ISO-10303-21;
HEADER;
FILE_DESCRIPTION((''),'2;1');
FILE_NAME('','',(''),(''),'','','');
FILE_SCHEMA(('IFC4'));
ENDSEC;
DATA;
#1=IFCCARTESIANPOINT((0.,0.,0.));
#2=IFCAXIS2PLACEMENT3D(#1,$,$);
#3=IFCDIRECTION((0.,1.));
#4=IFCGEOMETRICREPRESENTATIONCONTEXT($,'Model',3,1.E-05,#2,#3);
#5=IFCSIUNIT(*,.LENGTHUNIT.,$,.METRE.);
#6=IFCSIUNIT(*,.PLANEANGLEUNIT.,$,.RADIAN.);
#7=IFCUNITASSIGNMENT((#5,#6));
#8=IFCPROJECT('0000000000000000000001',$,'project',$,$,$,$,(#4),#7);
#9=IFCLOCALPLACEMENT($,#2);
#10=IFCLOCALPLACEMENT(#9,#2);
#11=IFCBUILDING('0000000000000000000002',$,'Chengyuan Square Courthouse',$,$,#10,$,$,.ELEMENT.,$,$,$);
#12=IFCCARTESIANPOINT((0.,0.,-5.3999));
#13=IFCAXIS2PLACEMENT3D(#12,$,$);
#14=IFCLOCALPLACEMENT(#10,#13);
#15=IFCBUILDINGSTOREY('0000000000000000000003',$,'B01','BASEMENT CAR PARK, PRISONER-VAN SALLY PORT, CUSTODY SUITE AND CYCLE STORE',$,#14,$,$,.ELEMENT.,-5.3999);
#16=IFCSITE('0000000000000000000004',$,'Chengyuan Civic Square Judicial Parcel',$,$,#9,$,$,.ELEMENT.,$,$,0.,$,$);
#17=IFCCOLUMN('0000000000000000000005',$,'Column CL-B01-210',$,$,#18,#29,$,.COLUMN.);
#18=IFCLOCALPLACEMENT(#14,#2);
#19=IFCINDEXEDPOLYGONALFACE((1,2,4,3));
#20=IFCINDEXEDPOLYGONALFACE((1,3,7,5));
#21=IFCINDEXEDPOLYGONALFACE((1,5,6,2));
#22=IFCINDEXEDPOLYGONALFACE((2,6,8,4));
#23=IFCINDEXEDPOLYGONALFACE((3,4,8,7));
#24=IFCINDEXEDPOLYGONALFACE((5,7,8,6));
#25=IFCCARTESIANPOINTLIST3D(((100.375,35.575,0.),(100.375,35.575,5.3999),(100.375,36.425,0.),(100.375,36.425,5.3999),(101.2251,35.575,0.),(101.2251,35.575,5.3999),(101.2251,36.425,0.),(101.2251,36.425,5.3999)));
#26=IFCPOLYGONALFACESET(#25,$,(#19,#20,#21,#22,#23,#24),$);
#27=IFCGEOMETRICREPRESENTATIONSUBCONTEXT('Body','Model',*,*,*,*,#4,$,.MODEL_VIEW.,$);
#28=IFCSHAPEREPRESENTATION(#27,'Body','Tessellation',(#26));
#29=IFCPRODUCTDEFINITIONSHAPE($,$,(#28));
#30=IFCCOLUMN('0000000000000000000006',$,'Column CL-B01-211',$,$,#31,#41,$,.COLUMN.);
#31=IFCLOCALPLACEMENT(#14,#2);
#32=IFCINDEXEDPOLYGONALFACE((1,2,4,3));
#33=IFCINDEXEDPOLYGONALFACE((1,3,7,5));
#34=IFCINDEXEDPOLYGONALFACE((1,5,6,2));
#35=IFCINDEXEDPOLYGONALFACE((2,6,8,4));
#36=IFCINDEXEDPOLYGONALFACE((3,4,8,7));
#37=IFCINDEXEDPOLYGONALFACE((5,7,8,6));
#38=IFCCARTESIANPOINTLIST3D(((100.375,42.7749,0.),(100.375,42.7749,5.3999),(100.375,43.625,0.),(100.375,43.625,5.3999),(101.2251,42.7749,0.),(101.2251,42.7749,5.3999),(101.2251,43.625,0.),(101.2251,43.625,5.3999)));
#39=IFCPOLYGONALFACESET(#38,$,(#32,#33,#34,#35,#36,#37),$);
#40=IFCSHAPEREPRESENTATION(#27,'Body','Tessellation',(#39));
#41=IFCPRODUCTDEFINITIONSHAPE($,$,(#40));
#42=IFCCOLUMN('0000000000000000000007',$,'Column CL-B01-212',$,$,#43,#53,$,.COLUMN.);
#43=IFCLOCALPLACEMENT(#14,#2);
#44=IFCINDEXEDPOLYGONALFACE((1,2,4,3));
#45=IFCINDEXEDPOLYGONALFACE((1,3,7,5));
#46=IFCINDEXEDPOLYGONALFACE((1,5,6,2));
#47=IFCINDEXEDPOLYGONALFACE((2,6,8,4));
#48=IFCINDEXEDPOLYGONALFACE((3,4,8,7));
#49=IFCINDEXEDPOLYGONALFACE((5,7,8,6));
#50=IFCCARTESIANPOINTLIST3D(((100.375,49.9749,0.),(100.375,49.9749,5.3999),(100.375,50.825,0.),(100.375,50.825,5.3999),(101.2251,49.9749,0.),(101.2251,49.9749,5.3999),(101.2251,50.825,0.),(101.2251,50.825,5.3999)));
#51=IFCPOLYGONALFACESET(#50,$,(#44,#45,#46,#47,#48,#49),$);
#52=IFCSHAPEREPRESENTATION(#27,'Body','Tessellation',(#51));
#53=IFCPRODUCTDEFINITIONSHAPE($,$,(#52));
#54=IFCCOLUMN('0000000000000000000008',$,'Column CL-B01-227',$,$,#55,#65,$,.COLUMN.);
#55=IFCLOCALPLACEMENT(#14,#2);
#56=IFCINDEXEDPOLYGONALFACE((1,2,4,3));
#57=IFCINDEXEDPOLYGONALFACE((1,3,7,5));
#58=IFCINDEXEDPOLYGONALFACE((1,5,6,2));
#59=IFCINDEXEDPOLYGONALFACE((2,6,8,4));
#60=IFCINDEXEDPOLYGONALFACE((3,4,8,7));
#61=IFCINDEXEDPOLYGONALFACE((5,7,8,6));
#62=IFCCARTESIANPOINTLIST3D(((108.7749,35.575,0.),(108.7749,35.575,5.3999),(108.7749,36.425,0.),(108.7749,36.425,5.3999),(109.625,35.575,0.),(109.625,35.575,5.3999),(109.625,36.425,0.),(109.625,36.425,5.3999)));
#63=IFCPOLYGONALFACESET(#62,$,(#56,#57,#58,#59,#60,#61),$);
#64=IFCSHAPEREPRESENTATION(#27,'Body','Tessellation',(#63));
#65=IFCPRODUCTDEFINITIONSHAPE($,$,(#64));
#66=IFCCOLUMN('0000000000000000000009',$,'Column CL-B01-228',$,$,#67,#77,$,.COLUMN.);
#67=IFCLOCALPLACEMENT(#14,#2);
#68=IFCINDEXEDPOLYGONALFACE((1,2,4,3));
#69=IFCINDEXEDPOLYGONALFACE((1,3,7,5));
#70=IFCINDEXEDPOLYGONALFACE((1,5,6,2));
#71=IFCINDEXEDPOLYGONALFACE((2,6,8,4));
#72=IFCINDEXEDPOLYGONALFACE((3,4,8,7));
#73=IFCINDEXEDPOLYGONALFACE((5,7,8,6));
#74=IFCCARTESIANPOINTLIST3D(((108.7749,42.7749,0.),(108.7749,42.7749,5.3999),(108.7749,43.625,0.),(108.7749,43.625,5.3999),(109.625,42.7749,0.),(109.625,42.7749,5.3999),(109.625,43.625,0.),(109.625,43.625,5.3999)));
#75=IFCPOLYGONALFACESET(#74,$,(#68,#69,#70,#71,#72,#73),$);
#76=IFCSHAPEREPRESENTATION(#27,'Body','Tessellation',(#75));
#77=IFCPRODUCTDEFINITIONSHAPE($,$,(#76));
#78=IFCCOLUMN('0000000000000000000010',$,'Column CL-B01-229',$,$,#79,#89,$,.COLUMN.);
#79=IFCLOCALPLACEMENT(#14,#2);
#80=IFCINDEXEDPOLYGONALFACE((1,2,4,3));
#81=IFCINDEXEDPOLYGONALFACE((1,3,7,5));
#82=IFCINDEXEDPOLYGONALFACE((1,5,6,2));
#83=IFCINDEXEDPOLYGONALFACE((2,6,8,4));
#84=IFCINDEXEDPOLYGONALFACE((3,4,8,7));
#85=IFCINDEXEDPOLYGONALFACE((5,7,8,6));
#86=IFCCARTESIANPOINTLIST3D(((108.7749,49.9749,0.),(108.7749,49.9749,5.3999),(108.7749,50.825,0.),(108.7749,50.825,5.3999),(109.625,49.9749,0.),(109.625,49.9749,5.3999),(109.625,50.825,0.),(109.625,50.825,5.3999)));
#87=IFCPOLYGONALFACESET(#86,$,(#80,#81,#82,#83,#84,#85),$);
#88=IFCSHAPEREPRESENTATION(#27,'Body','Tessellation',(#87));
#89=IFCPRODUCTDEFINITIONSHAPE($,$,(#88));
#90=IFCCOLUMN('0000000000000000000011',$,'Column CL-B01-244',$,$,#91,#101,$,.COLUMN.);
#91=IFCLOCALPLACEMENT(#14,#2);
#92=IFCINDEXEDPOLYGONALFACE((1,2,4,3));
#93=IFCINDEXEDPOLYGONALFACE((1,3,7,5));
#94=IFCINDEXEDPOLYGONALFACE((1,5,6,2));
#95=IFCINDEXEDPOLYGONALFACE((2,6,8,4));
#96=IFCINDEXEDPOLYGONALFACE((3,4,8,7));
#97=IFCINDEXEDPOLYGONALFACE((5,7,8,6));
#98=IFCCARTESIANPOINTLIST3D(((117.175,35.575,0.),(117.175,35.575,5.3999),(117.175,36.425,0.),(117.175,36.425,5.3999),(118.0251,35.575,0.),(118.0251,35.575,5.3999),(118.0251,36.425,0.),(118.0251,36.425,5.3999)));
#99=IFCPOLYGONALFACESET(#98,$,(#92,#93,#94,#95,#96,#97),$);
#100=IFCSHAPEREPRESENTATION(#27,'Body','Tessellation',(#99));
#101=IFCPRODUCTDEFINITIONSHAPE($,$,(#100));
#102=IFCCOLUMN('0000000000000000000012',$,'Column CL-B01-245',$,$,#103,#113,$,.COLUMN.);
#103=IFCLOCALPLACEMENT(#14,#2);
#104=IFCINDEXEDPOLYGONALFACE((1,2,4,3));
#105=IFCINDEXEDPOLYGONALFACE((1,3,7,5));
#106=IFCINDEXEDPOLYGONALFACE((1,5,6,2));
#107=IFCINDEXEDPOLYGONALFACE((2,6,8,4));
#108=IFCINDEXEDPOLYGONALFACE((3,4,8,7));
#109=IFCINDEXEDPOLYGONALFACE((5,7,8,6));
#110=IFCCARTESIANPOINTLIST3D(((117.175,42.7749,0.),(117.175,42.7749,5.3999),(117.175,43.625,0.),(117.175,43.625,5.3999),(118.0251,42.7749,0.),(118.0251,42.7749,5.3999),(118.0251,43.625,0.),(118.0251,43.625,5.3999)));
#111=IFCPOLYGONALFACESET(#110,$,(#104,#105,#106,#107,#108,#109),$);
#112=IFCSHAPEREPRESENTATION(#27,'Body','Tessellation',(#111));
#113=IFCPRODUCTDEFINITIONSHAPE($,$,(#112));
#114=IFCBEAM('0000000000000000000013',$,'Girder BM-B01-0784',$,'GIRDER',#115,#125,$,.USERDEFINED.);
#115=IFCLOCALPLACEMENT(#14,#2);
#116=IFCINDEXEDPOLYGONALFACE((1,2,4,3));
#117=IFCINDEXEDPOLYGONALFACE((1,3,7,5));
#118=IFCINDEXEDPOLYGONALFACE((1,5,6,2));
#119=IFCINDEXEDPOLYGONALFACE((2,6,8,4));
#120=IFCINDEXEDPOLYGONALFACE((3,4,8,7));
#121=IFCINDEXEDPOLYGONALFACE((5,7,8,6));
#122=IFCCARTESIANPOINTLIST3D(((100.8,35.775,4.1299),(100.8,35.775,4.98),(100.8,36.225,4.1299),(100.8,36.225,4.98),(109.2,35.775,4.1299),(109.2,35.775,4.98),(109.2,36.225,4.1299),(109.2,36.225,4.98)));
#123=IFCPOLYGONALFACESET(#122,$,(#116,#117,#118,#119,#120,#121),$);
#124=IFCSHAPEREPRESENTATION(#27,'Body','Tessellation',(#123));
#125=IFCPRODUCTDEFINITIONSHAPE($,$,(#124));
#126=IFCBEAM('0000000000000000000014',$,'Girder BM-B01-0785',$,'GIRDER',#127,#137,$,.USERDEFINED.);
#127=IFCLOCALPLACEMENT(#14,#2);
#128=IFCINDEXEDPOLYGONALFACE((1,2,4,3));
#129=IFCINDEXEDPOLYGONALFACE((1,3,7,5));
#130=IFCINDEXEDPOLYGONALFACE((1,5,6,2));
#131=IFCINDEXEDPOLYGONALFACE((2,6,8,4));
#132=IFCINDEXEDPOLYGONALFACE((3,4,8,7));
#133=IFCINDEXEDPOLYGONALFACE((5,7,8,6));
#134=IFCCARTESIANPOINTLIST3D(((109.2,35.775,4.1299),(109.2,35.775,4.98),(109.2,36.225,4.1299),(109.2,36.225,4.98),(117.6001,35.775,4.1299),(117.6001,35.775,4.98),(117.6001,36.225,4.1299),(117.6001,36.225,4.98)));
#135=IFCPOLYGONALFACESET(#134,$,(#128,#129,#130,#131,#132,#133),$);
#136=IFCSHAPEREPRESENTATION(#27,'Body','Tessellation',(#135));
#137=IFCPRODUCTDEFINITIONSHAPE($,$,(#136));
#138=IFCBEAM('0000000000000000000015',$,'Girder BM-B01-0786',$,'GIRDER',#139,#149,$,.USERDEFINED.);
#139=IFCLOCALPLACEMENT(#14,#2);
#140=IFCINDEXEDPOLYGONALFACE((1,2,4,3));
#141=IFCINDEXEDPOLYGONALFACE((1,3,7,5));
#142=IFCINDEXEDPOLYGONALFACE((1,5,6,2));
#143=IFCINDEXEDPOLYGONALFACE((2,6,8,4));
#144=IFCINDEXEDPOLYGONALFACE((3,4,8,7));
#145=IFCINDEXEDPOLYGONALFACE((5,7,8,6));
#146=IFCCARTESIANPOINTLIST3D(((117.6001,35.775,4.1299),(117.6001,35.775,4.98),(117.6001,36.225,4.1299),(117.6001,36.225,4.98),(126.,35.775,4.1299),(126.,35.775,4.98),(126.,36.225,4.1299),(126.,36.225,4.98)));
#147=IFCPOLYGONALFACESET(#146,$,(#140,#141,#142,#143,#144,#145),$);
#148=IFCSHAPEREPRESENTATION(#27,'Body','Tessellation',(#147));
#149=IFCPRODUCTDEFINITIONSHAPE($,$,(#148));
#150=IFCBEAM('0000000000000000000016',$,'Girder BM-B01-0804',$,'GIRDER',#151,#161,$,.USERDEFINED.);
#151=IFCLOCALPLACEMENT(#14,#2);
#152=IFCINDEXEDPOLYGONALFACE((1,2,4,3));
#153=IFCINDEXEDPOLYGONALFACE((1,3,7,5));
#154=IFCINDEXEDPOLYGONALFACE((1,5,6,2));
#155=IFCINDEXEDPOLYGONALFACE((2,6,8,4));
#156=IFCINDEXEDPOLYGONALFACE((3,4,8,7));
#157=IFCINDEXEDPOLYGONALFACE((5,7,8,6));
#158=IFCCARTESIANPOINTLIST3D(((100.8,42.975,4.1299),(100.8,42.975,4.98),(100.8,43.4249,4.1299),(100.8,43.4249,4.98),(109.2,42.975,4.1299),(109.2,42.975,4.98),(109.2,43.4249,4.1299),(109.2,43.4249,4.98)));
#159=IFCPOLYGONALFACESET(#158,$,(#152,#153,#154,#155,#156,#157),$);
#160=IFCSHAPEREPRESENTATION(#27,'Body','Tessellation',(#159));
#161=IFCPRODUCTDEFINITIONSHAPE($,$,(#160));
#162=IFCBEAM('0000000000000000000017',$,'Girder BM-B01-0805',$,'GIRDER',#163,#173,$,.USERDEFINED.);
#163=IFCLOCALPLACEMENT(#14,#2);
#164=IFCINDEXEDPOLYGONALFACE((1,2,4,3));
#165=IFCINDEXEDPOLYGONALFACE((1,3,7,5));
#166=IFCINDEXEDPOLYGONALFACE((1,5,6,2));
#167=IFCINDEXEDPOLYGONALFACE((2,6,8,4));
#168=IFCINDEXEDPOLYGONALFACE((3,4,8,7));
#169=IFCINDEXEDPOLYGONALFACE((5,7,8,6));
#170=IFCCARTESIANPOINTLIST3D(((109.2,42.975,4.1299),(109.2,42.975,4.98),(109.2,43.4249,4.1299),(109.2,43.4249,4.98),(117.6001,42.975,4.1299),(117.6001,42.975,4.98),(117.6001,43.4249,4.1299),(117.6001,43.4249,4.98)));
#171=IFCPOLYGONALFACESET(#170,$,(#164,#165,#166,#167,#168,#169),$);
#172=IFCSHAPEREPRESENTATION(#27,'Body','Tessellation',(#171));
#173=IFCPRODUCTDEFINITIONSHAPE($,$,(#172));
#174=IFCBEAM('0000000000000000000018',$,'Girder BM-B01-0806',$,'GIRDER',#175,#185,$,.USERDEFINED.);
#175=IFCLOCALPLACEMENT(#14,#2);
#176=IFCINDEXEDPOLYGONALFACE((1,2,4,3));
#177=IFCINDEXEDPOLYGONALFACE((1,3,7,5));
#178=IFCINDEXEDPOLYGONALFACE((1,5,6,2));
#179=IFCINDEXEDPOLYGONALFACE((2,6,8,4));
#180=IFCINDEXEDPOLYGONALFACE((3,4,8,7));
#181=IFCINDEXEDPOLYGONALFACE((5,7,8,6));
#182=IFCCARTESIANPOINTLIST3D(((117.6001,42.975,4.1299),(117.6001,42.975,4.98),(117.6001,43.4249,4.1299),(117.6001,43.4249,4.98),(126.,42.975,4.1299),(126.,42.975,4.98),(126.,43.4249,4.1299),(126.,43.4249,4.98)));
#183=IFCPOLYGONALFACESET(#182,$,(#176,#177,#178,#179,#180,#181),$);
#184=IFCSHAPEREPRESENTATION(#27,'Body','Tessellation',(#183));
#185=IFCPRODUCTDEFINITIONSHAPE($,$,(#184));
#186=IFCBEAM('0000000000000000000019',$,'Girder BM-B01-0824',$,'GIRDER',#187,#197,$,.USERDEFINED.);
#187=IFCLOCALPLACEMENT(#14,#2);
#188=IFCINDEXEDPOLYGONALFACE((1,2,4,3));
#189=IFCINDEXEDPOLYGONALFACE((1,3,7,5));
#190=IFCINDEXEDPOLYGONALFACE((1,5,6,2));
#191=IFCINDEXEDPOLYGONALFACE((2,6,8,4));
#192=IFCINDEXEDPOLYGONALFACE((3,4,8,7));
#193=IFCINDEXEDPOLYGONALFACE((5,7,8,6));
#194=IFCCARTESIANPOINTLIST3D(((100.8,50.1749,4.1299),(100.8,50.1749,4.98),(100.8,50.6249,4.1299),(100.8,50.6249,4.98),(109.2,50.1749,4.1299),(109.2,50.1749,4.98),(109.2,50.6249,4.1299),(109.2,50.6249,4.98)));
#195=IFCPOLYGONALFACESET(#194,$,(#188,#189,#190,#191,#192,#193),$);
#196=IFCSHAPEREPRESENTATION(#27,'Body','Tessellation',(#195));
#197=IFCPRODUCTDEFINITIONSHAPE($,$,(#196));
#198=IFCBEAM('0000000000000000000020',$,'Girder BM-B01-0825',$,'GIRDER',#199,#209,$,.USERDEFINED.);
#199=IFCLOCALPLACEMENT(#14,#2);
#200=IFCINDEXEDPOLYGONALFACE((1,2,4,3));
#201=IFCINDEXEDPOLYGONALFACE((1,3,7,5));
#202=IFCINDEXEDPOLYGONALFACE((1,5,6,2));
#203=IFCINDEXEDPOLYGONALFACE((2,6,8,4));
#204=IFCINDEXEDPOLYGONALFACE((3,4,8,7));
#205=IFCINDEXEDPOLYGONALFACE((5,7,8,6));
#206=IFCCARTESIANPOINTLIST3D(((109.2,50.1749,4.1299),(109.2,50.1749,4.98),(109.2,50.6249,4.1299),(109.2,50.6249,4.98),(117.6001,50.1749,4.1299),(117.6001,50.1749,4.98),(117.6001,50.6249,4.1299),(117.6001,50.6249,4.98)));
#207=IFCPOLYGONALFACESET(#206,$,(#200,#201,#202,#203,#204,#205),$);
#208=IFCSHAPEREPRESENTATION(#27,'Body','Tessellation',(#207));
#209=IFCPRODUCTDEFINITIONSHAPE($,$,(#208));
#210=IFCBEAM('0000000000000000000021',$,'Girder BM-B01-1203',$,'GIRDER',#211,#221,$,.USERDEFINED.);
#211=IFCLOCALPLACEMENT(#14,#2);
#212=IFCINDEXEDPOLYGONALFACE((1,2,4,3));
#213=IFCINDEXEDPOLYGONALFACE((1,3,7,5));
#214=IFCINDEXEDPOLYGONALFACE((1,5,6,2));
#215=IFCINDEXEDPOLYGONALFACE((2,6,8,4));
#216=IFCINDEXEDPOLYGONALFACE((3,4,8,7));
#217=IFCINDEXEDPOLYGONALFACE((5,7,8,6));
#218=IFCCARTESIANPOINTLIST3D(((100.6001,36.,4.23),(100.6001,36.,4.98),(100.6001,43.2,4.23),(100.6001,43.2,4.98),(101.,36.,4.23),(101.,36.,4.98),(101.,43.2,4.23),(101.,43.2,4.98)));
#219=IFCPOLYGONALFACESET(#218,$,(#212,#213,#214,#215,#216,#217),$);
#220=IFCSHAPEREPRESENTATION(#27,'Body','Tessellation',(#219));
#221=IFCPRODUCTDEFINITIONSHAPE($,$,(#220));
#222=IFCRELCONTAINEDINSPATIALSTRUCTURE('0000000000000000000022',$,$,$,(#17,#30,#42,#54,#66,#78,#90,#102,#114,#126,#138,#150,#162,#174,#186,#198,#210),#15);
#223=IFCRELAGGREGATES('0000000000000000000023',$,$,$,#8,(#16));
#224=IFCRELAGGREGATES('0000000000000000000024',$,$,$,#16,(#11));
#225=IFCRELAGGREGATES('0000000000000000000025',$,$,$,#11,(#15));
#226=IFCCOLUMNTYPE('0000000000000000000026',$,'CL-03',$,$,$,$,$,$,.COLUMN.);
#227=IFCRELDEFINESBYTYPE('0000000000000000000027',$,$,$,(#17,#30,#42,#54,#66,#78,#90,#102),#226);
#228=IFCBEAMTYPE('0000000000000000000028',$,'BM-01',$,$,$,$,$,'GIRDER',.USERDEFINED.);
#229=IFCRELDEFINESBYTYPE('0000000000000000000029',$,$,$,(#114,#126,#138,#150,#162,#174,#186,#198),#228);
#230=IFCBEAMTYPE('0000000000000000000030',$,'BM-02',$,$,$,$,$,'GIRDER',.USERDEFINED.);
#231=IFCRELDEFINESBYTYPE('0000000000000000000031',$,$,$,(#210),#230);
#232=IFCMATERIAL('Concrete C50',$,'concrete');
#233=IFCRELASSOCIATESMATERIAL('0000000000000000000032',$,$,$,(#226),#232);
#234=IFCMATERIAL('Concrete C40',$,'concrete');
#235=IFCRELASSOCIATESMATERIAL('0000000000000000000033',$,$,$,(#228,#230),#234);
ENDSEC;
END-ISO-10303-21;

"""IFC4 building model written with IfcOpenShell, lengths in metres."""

from ifc_helpers import new_model, si_unit, direction, frame, origin, origin_2d, place, context, subcontext, project, spatial, rectangle, extrude, material, material_profile, profile_set, type_object, element, save


model = new_model("IFC4")

# Units and contexts
model_context = context("Model", 3, precision=1e-05, world=origin(), true_north=direction((0.0, 1.0)))
body_context = subcontext(model_context, "Body", "Model", "MODEL_VIEW")
ifc_project = project(units=[si_unit("LENGTHUNIT", "METRE"), si_unit("PLANEANGLEUNIT", "RADIAN")], contexts=[model_context])

# Site, building, storey
site_placement = place(None, origin())
site = spatial("IfcSite", under=ifc_project, at=site_placement, Name="Chengyuan Civic Square Judicial Parcel", CompositionType="ELEMENT", RefElevation=0.0)
building_placement = place(site_placement, origin())
building = spatial("IfcBuilding", under=site, at=building_placement, Name="Chengyuan Square Courthouse", CompositionType="ELEMENT")
storey_placement = place(building_placement, frame((0.0, 0.0, -5.3999)))
storey = spatial("IfcBuildingStorey", under=building, at=storey_placement, Name="B01", Description="BASEMENT CAR PARK, PRISONER-VAN SALLY PORT, CUSTODY SUITE AND CYCLE STORE", CompositionType="ELEMENT", Elevation=-5.3999)

# Columns
ifc_material_1 = material(Name="Concrete C50", Category="concrete")
ifc_material_profile_1 = material_profile(ifc_material_1, rectangle(XDim=0.8501, YDim=0.8501, at=origin_2d()), Name="RC-COL-850x850")
ifc_profile_set_1 = profile_set([ifc_material_profile_1], Name="Concrete C50")
column_type = type_object("IfcColumnType", Name="CL-03", PredefinedType="COLUMN", material=ifc_profile_set_1)
for number, where, z_axis, x_axis, name in (
    (1, (100.8, 36.0, 0.0), (0.0, 0.0, 1.0), (1.0, 0.0, 0.0), "Column CL-B01-210"),
    (2, (100.8, 43.2, 0.0), (0.0, 0.0, 1.0), (1.0, 0.0, 0.0), "Column CL-B01-211"),
    (3, (100.8, 50.3999, 0.0), (0.0, 0.0, 1.0), (1.0, 0.0, 0.0), "Column CL-B01-212"),
    (4, (109.2, 36.0, 0.0), (0.0, 0.0, 1.0), (1.0, 0.0, 0.0), "Column CL-B01-227"),
    (5, (109.2, 43.2, 0.0), (0.0, 0.0, 1.0), (1.0, 0.0, 0.0), "Column CL-B01-228"),
    (6, (109.2, 50.3999, 0.0), (0.0, 0.0, 1.0), (1.0, 0.0, 0.0), "Column CL-B01-229"),
    (7, (117.6001, 36.0, 0.0), (0.0, 0.0, 1.0), (1.0, 0.0, 0.0), "Column CL-B01-244"),
    (8, (117.6001, 43.2, 0.0), (0.0, 0.0, 1.0), (1.0, 0.0, 0.0), "Column CL-B01-245"),
):
    element("IfcColumn", number, at=place(storey_placement, frame(where, z_axis=z_axis, x_axis=x_axis)), inside=storey, type_object=column_type, Name=name, PredefinedType="COLUMN", context=body_context, shape_type="SweptSolid", body=[
        extrude(rectangle(XDim=0.8501, YDim=0.8501, at=origin_2d()), origin(), (0.0, 0.0, 1.0), 5.3999),
    ])

# Beams
ifc_material_2 = material(Name="Concrete C40", Category="concrete")
ifc_material_profile_2 = material_profile(ifc_material_2, rectangle(XDim=0.45, YDim=0.8501, at=origin_2d()), Name="RC-BM-450x850")
ifc_profile_set_2 = profile_set([ifc_material_profile_2], Name="Concrete C40")
beam_type_1 = type_object("IfcBeamType", Name="BM-01", ElementType="GIRDER", PredefinedType="USERDEFINED", material=ifc_profile_set_2)
beam_1_placement = place(storey_placement, frame((100.8, 36.0, 4.5549), z_axis=(1.0, 0.0, 0.0), x_axis=(0.0, 1.0, 0.0)))
element("IfcBeam", 9, at=beam_1_placement, inside=storey, type_object=beam_type_1, Name="Girder BM-B01-0784", ObjectType="GIRDER", PredefinedType="USERDEFINED", context=body_context, shape_type="SweptSolid", body=[
    extrude(rectangle(XDim=0.45, YDim=0.8501, at=origin_2d()), origin(), (0.0, 0.0, 1.0), 8.3999),
])
beam_2_placement = place(storey_placement, frame((109.2, 36.0, 4.5549), z_axis=(1.0, 0.0, 0.0), x_axis=(0.0, 1.0, 0.0)))
element("IfcBeam", 10, at=beam_2_placement, inside=storey, type_object=beam_type_1, Name="Girder BM-B01-0785", ObjectType="GIRDER", PredefinedType="USERDEFINED", context=body_context, shape_type="SweptSolid", body=[
    extrude(rectangle(XDim=0.45, YDim=0.8501, at=origin_2d()), origin(), (0.0, 0.0, 1.0), 8.4001),
])
for number, where, z_axis, x_axis, name in (
    (11, (117.6001, 36.0, 4.5549), (1.0, 0.0, 0.0), (0.0, 1.0, 0.0), "Girder BM-B01-0786"),
    (12, (100.8, 43.2, 4.5549), (1.0, 0.0, 0.0), (0.0, 1.0, 0.0), "Girder BM-B01-0804"),
):
    element("IfcBeam", number, at=place(storey_placement, frame(where, z_axis=z_axis, x_axis=x_axis)), inside=storey, type_object=beam_type_1, Name=name, ObjectType="GIRDER", PredefinedType="USERDEFINED", context=body_context, shape_type="SweptSolid", body=[
        extrude(rectangle(XDim=0.45, YDim=0.8501, at=origin_2d()), origin(), (0.0, 0.0, 1.0), 8.3999),
    ])
beam_3_placement = place(storey_placement, frame((109.2, 43.2, 4.5549), z_axis=(1.0, 0.0, 0.0), x_axis=(0.0, 1.0, 0.0)))
element("IfcBeam", 13, at=beam_3_placement, inside=storey, type_object=beam_type_1, Name="Girder BM-B01-0805", ObjectType="GIRDER", PredefinedType="USERDEFINED", context=body_context, shape_type="SweptSolid", body=[
    extrude(rectangle(XDim=0.45, YDim=0.8501, at=origin_2d()), origin(), (0.0, 0.0, 1.0), 8.4001),
])
for number, where, z_axis, x_axis, name in (
    (14, (117.6001, 43.2, 4.5549), (1.0, 0.0, 0.0), (0.0, 1.0, 0.0), "Girder BM-B01-0806"),
    (15, (100.8, 50.3999, 4.5549), (1.0, 0.0, 0.0), (0.0, 1.0, 0.0), "Girder BM-B01-0824"),
):
    element("IfcBeam", number, at=place(storey_placement, frame(where, z_axis=z_axis, x_axis=x_axis)), inside=storey, type_object=beam_type_1, Name=name, ObjectType="GIRDER", PredefinedType="USERDEFINED", context=body_context, shape_type="SweptSolid", body=[
        extrude(rectangle(XDim=0.45, YDim=0.8501, at=origin_2d()), origin(), (0.0, 0.0, 1.0), 8.3999),
    ])
beam_4_placement = place(storey_placement, frame((109.2, 50.3999, 4.5549), z_axis=(1.0, 0.0, 0.0), x_axis=(0.0, 1.0, 0.0)))
element("IfcBeam", 16, at=beam_4_placement, inside=storey, type_object=beam_type_1, Name="Girder BM-B01-0825", ObjectType="GIRDER", PredefinedType="USERDEFINED", context=body_context, shape_type="SweptSolid", body=[
    extrude(rectangle(XDim=0.45, YDim=0.8501, at=origin_2d()), origin(), (0.0, 0.0, 1.0), 8.4001),
])
ifc_material_profile_3 = material_profile(ifc_material_2, rectangle(XDim=0.3999, YDim=0.75, at=origin_2d()), Name="RC-BM-400x750")
ifc_profile_set_3 = profile_set([ifc_material_profile_3], Name="Concrete C40")
beam_type_2 = type_object("IfcBeamType", Name="BM-02", ElementType="GIRDER", PredefinedType="USERDEFINED", material=ifc_profile_set_3)
for number, where, z_axis, x_axis, name in (
    (17, (100.8, 36.0, 4.605), (0.0, 1.0, 0.0), (-1.0, 0.0, 0.0), "Girder BM-B01-1203"),
):
    element("IfcBeam", number, at=place(storey_placement, frame(where, z_axis=z_axis, x_axis=x_axis)), inside=storey, type_object=beam_type_2, Name=name, ObjectType="GIRDER", PredefinedType="USERDEFINED", context=body_context, shape_type="SweptSolid", body=[
        extrude(rectangle(XDim=0.3999, YDim=0.75, at=origin_2d()), origin(), (0.0, 0.0, 1.0), 7.2),
    ])

save(model, "model.ifc")
